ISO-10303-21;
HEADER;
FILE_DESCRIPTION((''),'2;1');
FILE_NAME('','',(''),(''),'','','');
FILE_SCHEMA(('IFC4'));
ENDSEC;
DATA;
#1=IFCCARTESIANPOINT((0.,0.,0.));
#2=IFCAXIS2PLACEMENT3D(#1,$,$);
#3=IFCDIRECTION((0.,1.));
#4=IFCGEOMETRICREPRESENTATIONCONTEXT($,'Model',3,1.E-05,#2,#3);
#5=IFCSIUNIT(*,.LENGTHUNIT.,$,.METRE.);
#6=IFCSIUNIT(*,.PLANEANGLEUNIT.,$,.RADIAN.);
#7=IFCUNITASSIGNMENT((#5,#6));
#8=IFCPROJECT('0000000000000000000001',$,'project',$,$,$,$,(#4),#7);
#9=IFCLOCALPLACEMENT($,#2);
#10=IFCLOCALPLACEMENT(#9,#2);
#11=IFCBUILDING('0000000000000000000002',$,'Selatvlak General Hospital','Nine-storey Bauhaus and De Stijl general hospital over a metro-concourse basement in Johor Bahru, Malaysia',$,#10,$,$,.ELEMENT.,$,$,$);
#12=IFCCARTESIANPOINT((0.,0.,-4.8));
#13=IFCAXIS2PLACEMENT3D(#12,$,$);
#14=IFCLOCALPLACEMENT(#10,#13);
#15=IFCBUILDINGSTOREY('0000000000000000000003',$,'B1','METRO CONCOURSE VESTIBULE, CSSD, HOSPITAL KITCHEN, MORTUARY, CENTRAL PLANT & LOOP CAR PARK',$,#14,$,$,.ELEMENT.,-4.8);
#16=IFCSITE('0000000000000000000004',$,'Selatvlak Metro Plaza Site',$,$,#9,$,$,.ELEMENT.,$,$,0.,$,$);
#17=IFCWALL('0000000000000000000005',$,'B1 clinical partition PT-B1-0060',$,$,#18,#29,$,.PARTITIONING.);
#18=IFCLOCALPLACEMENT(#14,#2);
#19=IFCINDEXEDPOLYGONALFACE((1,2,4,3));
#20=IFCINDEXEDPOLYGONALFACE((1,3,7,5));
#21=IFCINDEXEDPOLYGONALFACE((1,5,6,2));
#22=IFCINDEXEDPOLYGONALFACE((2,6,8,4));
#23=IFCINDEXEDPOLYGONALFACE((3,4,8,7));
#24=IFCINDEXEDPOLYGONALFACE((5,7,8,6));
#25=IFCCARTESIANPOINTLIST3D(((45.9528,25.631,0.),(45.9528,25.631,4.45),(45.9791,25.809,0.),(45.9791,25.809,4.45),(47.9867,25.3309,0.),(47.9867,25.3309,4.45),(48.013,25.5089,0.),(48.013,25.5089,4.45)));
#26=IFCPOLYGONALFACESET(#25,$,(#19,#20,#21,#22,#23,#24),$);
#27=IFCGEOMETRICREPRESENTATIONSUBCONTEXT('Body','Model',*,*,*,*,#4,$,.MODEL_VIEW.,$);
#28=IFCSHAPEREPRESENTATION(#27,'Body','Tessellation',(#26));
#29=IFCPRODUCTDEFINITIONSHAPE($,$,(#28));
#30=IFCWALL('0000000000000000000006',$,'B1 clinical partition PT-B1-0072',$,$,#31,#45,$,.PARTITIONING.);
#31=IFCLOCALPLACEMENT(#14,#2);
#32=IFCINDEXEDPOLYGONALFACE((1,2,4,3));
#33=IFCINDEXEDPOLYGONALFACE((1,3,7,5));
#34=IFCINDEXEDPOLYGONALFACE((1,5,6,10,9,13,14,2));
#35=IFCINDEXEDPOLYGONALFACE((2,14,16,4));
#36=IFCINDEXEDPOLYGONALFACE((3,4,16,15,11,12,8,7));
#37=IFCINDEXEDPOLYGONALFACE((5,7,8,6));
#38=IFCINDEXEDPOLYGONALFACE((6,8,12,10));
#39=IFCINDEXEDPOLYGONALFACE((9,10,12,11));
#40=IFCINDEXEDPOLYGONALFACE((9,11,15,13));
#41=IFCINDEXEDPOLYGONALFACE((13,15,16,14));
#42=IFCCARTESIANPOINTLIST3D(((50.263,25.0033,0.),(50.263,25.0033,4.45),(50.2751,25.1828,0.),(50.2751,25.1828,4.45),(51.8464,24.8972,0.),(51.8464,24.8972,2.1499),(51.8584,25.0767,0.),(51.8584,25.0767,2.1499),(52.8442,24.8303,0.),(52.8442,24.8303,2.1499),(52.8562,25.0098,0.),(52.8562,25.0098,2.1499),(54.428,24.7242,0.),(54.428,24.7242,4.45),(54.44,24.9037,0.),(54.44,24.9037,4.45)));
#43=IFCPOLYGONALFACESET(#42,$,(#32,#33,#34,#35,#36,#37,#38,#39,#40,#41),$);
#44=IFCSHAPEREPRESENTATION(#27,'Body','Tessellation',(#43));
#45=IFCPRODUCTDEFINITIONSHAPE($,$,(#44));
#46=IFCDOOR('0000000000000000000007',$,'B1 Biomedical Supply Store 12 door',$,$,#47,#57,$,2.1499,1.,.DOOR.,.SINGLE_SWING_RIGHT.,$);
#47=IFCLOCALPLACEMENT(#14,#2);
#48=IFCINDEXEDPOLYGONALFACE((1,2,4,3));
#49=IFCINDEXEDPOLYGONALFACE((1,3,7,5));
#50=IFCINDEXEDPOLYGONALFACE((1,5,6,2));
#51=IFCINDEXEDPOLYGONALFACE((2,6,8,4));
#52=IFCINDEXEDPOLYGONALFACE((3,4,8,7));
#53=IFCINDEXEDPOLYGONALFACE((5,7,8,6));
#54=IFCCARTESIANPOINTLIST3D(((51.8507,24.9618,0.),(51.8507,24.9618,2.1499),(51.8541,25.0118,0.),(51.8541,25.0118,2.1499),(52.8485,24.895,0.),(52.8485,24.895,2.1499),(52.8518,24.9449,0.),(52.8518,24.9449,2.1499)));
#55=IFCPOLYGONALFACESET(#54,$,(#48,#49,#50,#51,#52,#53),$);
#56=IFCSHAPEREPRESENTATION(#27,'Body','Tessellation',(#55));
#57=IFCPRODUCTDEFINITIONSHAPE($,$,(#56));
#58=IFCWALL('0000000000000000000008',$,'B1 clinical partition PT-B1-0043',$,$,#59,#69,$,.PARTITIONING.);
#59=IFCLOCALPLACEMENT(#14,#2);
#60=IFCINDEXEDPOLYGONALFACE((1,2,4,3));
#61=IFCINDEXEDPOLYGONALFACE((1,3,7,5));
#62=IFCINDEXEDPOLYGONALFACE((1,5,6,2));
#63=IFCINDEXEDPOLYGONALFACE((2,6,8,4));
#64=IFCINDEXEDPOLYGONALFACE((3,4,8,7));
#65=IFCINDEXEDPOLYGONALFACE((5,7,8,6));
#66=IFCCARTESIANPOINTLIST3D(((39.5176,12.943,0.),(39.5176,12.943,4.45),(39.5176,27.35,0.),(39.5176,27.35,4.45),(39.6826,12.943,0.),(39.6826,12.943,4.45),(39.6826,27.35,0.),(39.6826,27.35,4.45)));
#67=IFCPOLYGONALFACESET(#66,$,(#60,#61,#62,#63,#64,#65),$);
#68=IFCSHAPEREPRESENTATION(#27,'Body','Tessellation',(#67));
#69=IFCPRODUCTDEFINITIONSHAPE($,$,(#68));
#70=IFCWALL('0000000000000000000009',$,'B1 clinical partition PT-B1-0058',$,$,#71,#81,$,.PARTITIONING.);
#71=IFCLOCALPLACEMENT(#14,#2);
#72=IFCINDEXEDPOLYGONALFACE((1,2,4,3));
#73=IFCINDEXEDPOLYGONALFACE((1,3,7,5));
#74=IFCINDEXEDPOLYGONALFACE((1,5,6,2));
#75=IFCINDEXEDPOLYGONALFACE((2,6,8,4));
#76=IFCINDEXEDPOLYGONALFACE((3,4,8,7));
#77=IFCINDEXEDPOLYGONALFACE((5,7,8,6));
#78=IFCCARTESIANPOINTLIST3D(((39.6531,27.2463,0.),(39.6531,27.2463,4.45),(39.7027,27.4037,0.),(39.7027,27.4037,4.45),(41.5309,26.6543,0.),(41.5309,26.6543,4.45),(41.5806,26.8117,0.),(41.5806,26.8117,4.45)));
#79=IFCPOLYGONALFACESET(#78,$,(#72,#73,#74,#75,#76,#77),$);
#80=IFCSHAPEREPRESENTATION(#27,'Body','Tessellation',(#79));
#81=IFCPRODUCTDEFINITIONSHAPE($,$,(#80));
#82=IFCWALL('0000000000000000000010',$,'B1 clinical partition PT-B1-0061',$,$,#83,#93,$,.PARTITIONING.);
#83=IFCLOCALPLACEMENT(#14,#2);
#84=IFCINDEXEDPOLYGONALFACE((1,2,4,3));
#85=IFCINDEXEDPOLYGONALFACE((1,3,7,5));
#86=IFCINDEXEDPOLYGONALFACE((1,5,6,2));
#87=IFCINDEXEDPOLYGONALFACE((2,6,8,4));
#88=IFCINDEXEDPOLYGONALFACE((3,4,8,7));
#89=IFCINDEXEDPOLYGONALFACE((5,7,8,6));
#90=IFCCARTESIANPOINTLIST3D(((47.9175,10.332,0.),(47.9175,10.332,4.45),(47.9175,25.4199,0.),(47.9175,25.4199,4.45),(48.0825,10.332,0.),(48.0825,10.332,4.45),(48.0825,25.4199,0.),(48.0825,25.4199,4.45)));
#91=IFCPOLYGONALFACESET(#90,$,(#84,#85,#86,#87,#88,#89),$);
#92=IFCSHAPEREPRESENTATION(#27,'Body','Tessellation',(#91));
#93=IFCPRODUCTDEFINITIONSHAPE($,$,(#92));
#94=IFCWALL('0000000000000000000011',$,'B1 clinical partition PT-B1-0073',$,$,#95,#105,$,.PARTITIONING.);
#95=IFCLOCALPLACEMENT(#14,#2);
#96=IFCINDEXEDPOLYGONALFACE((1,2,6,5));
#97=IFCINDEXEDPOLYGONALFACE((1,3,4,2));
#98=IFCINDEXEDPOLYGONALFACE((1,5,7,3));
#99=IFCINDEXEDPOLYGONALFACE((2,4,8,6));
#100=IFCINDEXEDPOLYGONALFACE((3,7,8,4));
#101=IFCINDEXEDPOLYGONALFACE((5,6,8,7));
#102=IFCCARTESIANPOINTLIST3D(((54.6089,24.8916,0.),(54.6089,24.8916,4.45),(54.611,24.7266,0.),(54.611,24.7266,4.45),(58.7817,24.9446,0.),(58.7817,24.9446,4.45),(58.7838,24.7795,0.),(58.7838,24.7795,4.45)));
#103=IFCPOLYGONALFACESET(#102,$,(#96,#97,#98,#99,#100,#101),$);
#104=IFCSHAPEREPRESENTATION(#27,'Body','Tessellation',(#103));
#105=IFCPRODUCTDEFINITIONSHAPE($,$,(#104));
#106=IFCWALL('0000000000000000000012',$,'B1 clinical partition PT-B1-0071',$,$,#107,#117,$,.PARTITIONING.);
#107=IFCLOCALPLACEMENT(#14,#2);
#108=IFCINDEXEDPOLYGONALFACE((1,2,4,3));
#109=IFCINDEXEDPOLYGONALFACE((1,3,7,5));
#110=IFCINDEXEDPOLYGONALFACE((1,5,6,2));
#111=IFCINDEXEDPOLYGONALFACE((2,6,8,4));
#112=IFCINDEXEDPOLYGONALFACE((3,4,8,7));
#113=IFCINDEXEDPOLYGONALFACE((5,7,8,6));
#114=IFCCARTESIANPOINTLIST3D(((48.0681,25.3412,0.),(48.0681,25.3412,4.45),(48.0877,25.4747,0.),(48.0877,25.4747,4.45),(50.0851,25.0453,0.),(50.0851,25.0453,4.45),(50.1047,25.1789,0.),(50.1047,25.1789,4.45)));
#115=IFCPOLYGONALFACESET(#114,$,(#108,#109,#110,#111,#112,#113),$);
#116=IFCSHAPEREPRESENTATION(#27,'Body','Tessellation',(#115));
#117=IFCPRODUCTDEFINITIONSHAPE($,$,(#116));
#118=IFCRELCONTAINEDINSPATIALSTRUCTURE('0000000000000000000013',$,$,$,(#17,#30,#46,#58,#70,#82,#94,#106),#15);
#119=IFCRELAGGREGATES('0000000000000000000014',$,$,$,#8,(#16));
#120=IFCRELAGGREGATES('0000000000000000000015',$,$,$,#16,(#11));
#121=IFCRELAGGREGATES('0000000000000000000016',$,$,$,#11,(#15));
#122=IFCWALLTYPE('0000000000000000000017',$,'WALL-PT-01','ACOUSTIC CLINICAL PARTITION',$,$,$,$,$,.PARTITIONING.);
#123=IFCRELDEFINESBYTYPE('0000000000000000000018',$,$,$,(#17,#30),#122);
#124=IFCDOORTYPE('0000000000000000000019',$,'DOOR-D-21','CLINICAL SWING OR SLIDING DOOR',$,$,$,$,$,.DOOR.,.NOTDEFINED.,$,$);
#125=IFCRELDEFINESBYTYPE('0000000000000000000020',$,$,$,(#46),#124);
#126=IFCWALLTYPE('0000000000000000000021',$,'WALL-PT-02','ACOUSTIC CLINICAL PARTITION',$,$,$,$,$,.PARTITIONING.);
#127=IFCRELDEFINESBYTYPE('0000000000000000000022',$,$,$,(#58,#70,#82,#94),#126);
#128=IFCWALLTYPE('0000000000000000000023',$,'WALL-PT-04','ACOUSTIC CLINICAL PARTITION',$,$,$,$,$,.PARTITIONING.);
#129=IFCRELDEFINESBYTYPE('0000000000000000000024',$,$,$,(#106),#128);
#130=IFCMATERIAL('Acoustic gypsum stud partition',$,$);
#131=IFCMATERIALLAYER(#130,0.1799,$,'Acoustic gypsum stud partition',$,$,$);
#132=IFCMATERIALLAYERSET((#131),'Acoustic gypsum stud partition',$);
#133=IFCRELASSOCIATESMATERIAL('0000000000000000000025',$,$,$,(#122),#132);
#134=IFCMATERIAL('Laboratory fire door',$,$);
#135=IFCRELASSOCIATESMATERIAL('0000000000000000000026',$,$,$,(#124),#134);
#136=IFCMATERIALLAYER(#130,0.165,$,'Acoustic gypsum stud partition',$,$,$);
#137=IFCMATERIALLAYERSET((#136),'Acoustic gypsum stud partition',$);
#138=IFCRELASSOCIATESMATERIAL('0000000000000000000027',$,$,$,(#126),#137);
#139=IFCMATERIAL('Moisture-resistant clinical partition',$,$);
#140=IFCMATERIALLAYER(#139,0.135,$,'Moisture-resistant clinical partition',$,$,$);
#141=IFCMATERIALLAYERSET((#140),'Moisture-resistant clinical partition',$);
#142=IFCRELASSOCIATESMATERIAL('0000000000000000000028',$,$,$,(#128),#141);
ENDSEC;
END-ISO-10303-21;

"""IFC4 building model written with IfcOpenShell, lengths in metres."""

from ifc_helpers import new_model, si_unit, direction, frame, frame_2d, origin, place, context, subcontext, project, spatial, rectangle, extrude, material, layer, layer_set, type_object, element, fill, save


model = new_model("IFC4")

# Units and contexts
model_context = context("Model", 3, precision=1e-05, world=origin(), true_north=direction((0.0, 1.0)))
body_context = subcontext(model_context, "Body", "Model", "MODEL_VIEW")
ifc_project = project(units=[si_unit("LENGTHUNIT", "METRE"), si_unit("PLANEANGLEUNIT", "RADIAN")], contexts=[model_context])

# Site, building, storey
site_placement = place(None, origin())
site = spatial("IfcSite", under=ifc_project, at=site_placement, Name="Selatvlak Metro Plaza Site", CompositionType="ELEMENT", RefElevation=0.0)
building_placement = place(site_placement, origin())
building = spatial("IfcBuilding", under=site, at=building_placement, Name="Selatvlak General Hospital", Description="Nine-storey Bauhaus and De Stijl general hospital over a metro-concourse basement in Johor Bahru, Malaysia", CompositionType="ELEMENT")
storey_placement = place(building_placement, frame((0.0, 0.0, -4.8)))
storey = spatial("IfcBuildingStorey", under=building, at=storey_placement, Name="B1", Description="METRO CONCOURSE VESTIBULE, CSSD, HOSPITAL KITCHEN, MORTUARY, CENTRAL PLANT & LOOP CAR PARK", CompositionType="ELEMENT", Elevation=-4.8)

# Wall
ifc_material_1 = material(Name="Acoustic gypsum stud partition")
ifc_layer_1 = layer(ifc_material_1, 0.1799, Name="Acoustic gypsum stud partition")
ifc_layer_set_1 = layer_set([ifc_layer_1], Name="Acoustic gypsum stud partition")
wall_type_1 = type_object("IfcWallType", Name="WALL-PT-01", Description="ACOUSTIC CLINICAL PARTITION", PredefinedType="PARTITIONING", material=ifc_layer_set_1)
wall_1_placement = place(storey_placement, frame((45.9661, 25.72, 0.0), z_axis=(0.0, 0.0, 1.0), x_axis=(0.989293, -0.145942, 0.0)))
element("IfcWall", 1, at=wall_1_placement, inside=storey, type_object=wall_type_1, Name="B1 clinical partition PT-B1-0060", PredefinedType="PARTITIONING", context=body_context, shape_type="SweptSolid", body=[
    extrude(rectangle(XDim=2.0559, YDim=0.1799, at=frame_2d((1.0278, 0.0))), origin(), (0.0, 0.0, 1.0), 4.45),
])

# Wall, opening, door
wall_2_placement = place(storey_placement, frame((50.269, 25.093, 0.0), z_axis=(0.0, 0.0, 1.0), x_axis=(0.997763, -0.066849, 0.0)))
wall_2 = element("IfcWall", 2, at=wall_2_placement, inside=storey, type_object=wall_type_1, Name="B1 clinical partition PT-B1-0072", PredefinedType="PARTITIONING", context=body_context, shape_type="SweptSolid", body=[
    extrude(rectangle(XDim=4.1743, YDim=0.1799, at=frame_2d((2.0872, 0.0))), origin(), (0.0, 0.0, 1.0), 4.45),
])
opening_1_placement = place(wall_2_placement, frame((1.5869, 0.0, 0.0)))
opening_1 = element("IfcOpeningElement", 3, at=opening_1_placement, cuts=wall_2, PredefinedType="OPENING", context=body_context, shape_type="SweptSolid", body=[
    extrude(rectangle(XDim=1.0, YDim=2.1499, at=frame_2d((0.5, 1.075))), frame((0.0, 0.0999, 0.0), z_axis=(0.0, -1.0, 0.0), x_axis=(1.0, 0.0, 0.0)), (0.0, 0.0, 1.0), 0.2),
])
ifc_material_2 = material(Name="Laboratory fire door")
door_type_1 = type_object("IfcDoorType", Name="DOOR-D-21", Description="CLINICAL SWING OR SLIDING DOOR", OperationType="NOTDEFINED", PredefinedType="DOOR", material=ifc_material_2)
door_1_placement = place(opening_1_placement, origin())
door_1 = element("IfcDoor", 4, at=door_1_placement, inside=storey, type_object=door_type_1, Name="B1 Biomedical Supply Store 12 door", OperationType="SINGLE_SWING_RIGHT", OverallHeight=2.1499, OverallWidth=1.0, PredefinedType="DOOR", context=body_context, shape_type="SweptSolid", body=[
    extrude(rectangle(XDim=1.0, YDim=2.1499, at=frame_2d((0.5, 1.075))), frame((0.0, 0.0249, 0.0), z_axis=(0.0, -1.0, 0.0), x_axis=(1.0, 0.0, 0.0)), (0.0, 0.0, 1.0), 0.05),
])
fill(opening_1, door_1)

# Walls
ifc_layer_2 = layer(ifc_material_1, 0.165, Name="Acoustic gypsum stud partition")
ifc_layer_set_2 = layer_set([ifc_layer_2], Name="Acoustic gypsum stud partition")
wall_type_2 = type_object("IfcWallType", Name="WALL-PT-02", Description="ACOUSTIC CLINICAL PARTITION", PredefinedType="PARTITIONING", material=ifc_layer_set_2)
wall_3_placement = place(storey_placement, frame((39.6001, 27.3501, 0.0), z_axis=(0.0, 0.0, 1.0), x_axis=(0.0, -1.0, 0.0)))
element("IfcWall", 5, at=wall_3_placement, inside=storey, type_object=wall_type_2, Name="B1 clinical partition PT-B1-0043", PredefinedType="PARTITIONING", context=body_context, shape_type="SweptSolid", body=[
    extrude(rectangle(XDim=14.407, YDim=0.165, at=frame_2d((7.2036, 0.0))), origin(), (0.0, 0.0, 1.0), 4.45),
])
wall_4_placement = place(storey_placement, frame((39.678, 27.325, 0.0), z_axis=(0.0, 0.0, 1.0), x_axis=(0.953727, -0.300674, 0.0)))
element("IfcWall", 6, at=wall_4_placement, inside=storey, type_object=wall_type_2, Name="B1 clinical partition PT-B1-0058", PredefinedType="PARTITIONING", context=body_context, shape_type="SweptSolid", body=[
    extrude(rectangle(XDim=1.969, YDim=0.165, at=frame_2d((0.9844, 0.0))), origin(), (0.0, 0.0, 1.0), 4.45),
])
wall_5_placement = place(storey_placement, frame((48.0, 25.4199, 0.0), z_axis=(0.0, 0.0, 1.0), x_axis=(0.0, -1.0, 0.0)))
element("IfcWall", 7, at=wall_5_placement, inside=storey, type_object=wall_type_2, Name="B1 clinical partition PT-B1-0061", PredefinedType="PARTITIONING", context=body_context, shape_type="SweptSolid", body=[
    extrude(rectangle(XDim=15.0879, YDim=0.165, at=frame_2d((7.5439, 0.0))), origin(), (0.0, 0.0, 1.0), 4.45),
])
wall_6_placement = place(storey_placement, frame((54.6101, 24.8091, 0.0), z_axis=(0.0, 0.0, 1.0), x_axis=(0.999919, 0.012695, 0.0)))
element("IfcWall", 8, at=wall_6_placement, inside=storey, type_object=wall_type_2, Name="B1 clinical partition PT-B1-0073", PredefinedType="PARTITIONING", context=body_context, shape_type="SweptSolid", body=[
    extrude(rectangle(XDim=4.1731, YDim=0.165, at=frame_2d((2.0864, 0.0))), origin(), (0.0, 0.0, 1.0), 4.45),
])

# Shared definitions
ifc_material_3 = material(Name="Moisture-resistant clinical partition")
ifc_layer_3 = layer(ifc_material_3, 0.135, Name="Moisture-resistant clinical partition")
ifc_layer_set_3 = layer_set([ifc_layer_3], Name="Moisture-resistant clinical partition")
wall_type_3 = type_object("IfcWallType", Name="WALL-PT-04", Description="ACOUSTIC CLINICAL PARTITION", PredefinedType="PARTITIONING", material=ifc_layer_set_3)

# Wall
wall_7_placement = place(storey_placement, frame((48.0779, 25.408, 0.0), z_axis=(0.0, 0.0, 1.0), x_axis=(0.989411, -0.145142, 0.0)))
element("IfcWall", 9, at=wall_7_placement, inside=storey, type_object=wall_type_3, Name="B1 clinical partition PT-B1-0071", PredefinedType="PARTITIONING", context=body_context, shape_type="SweptSolid", body=[
    extrude(rectangle(XDim=2.0386, YDim=0.135, at=frame_2d((1.0193, 0.0))), origin(), (0.0, 0.0, 1.0), 4.45),
])

save(model, "model.ifc")
